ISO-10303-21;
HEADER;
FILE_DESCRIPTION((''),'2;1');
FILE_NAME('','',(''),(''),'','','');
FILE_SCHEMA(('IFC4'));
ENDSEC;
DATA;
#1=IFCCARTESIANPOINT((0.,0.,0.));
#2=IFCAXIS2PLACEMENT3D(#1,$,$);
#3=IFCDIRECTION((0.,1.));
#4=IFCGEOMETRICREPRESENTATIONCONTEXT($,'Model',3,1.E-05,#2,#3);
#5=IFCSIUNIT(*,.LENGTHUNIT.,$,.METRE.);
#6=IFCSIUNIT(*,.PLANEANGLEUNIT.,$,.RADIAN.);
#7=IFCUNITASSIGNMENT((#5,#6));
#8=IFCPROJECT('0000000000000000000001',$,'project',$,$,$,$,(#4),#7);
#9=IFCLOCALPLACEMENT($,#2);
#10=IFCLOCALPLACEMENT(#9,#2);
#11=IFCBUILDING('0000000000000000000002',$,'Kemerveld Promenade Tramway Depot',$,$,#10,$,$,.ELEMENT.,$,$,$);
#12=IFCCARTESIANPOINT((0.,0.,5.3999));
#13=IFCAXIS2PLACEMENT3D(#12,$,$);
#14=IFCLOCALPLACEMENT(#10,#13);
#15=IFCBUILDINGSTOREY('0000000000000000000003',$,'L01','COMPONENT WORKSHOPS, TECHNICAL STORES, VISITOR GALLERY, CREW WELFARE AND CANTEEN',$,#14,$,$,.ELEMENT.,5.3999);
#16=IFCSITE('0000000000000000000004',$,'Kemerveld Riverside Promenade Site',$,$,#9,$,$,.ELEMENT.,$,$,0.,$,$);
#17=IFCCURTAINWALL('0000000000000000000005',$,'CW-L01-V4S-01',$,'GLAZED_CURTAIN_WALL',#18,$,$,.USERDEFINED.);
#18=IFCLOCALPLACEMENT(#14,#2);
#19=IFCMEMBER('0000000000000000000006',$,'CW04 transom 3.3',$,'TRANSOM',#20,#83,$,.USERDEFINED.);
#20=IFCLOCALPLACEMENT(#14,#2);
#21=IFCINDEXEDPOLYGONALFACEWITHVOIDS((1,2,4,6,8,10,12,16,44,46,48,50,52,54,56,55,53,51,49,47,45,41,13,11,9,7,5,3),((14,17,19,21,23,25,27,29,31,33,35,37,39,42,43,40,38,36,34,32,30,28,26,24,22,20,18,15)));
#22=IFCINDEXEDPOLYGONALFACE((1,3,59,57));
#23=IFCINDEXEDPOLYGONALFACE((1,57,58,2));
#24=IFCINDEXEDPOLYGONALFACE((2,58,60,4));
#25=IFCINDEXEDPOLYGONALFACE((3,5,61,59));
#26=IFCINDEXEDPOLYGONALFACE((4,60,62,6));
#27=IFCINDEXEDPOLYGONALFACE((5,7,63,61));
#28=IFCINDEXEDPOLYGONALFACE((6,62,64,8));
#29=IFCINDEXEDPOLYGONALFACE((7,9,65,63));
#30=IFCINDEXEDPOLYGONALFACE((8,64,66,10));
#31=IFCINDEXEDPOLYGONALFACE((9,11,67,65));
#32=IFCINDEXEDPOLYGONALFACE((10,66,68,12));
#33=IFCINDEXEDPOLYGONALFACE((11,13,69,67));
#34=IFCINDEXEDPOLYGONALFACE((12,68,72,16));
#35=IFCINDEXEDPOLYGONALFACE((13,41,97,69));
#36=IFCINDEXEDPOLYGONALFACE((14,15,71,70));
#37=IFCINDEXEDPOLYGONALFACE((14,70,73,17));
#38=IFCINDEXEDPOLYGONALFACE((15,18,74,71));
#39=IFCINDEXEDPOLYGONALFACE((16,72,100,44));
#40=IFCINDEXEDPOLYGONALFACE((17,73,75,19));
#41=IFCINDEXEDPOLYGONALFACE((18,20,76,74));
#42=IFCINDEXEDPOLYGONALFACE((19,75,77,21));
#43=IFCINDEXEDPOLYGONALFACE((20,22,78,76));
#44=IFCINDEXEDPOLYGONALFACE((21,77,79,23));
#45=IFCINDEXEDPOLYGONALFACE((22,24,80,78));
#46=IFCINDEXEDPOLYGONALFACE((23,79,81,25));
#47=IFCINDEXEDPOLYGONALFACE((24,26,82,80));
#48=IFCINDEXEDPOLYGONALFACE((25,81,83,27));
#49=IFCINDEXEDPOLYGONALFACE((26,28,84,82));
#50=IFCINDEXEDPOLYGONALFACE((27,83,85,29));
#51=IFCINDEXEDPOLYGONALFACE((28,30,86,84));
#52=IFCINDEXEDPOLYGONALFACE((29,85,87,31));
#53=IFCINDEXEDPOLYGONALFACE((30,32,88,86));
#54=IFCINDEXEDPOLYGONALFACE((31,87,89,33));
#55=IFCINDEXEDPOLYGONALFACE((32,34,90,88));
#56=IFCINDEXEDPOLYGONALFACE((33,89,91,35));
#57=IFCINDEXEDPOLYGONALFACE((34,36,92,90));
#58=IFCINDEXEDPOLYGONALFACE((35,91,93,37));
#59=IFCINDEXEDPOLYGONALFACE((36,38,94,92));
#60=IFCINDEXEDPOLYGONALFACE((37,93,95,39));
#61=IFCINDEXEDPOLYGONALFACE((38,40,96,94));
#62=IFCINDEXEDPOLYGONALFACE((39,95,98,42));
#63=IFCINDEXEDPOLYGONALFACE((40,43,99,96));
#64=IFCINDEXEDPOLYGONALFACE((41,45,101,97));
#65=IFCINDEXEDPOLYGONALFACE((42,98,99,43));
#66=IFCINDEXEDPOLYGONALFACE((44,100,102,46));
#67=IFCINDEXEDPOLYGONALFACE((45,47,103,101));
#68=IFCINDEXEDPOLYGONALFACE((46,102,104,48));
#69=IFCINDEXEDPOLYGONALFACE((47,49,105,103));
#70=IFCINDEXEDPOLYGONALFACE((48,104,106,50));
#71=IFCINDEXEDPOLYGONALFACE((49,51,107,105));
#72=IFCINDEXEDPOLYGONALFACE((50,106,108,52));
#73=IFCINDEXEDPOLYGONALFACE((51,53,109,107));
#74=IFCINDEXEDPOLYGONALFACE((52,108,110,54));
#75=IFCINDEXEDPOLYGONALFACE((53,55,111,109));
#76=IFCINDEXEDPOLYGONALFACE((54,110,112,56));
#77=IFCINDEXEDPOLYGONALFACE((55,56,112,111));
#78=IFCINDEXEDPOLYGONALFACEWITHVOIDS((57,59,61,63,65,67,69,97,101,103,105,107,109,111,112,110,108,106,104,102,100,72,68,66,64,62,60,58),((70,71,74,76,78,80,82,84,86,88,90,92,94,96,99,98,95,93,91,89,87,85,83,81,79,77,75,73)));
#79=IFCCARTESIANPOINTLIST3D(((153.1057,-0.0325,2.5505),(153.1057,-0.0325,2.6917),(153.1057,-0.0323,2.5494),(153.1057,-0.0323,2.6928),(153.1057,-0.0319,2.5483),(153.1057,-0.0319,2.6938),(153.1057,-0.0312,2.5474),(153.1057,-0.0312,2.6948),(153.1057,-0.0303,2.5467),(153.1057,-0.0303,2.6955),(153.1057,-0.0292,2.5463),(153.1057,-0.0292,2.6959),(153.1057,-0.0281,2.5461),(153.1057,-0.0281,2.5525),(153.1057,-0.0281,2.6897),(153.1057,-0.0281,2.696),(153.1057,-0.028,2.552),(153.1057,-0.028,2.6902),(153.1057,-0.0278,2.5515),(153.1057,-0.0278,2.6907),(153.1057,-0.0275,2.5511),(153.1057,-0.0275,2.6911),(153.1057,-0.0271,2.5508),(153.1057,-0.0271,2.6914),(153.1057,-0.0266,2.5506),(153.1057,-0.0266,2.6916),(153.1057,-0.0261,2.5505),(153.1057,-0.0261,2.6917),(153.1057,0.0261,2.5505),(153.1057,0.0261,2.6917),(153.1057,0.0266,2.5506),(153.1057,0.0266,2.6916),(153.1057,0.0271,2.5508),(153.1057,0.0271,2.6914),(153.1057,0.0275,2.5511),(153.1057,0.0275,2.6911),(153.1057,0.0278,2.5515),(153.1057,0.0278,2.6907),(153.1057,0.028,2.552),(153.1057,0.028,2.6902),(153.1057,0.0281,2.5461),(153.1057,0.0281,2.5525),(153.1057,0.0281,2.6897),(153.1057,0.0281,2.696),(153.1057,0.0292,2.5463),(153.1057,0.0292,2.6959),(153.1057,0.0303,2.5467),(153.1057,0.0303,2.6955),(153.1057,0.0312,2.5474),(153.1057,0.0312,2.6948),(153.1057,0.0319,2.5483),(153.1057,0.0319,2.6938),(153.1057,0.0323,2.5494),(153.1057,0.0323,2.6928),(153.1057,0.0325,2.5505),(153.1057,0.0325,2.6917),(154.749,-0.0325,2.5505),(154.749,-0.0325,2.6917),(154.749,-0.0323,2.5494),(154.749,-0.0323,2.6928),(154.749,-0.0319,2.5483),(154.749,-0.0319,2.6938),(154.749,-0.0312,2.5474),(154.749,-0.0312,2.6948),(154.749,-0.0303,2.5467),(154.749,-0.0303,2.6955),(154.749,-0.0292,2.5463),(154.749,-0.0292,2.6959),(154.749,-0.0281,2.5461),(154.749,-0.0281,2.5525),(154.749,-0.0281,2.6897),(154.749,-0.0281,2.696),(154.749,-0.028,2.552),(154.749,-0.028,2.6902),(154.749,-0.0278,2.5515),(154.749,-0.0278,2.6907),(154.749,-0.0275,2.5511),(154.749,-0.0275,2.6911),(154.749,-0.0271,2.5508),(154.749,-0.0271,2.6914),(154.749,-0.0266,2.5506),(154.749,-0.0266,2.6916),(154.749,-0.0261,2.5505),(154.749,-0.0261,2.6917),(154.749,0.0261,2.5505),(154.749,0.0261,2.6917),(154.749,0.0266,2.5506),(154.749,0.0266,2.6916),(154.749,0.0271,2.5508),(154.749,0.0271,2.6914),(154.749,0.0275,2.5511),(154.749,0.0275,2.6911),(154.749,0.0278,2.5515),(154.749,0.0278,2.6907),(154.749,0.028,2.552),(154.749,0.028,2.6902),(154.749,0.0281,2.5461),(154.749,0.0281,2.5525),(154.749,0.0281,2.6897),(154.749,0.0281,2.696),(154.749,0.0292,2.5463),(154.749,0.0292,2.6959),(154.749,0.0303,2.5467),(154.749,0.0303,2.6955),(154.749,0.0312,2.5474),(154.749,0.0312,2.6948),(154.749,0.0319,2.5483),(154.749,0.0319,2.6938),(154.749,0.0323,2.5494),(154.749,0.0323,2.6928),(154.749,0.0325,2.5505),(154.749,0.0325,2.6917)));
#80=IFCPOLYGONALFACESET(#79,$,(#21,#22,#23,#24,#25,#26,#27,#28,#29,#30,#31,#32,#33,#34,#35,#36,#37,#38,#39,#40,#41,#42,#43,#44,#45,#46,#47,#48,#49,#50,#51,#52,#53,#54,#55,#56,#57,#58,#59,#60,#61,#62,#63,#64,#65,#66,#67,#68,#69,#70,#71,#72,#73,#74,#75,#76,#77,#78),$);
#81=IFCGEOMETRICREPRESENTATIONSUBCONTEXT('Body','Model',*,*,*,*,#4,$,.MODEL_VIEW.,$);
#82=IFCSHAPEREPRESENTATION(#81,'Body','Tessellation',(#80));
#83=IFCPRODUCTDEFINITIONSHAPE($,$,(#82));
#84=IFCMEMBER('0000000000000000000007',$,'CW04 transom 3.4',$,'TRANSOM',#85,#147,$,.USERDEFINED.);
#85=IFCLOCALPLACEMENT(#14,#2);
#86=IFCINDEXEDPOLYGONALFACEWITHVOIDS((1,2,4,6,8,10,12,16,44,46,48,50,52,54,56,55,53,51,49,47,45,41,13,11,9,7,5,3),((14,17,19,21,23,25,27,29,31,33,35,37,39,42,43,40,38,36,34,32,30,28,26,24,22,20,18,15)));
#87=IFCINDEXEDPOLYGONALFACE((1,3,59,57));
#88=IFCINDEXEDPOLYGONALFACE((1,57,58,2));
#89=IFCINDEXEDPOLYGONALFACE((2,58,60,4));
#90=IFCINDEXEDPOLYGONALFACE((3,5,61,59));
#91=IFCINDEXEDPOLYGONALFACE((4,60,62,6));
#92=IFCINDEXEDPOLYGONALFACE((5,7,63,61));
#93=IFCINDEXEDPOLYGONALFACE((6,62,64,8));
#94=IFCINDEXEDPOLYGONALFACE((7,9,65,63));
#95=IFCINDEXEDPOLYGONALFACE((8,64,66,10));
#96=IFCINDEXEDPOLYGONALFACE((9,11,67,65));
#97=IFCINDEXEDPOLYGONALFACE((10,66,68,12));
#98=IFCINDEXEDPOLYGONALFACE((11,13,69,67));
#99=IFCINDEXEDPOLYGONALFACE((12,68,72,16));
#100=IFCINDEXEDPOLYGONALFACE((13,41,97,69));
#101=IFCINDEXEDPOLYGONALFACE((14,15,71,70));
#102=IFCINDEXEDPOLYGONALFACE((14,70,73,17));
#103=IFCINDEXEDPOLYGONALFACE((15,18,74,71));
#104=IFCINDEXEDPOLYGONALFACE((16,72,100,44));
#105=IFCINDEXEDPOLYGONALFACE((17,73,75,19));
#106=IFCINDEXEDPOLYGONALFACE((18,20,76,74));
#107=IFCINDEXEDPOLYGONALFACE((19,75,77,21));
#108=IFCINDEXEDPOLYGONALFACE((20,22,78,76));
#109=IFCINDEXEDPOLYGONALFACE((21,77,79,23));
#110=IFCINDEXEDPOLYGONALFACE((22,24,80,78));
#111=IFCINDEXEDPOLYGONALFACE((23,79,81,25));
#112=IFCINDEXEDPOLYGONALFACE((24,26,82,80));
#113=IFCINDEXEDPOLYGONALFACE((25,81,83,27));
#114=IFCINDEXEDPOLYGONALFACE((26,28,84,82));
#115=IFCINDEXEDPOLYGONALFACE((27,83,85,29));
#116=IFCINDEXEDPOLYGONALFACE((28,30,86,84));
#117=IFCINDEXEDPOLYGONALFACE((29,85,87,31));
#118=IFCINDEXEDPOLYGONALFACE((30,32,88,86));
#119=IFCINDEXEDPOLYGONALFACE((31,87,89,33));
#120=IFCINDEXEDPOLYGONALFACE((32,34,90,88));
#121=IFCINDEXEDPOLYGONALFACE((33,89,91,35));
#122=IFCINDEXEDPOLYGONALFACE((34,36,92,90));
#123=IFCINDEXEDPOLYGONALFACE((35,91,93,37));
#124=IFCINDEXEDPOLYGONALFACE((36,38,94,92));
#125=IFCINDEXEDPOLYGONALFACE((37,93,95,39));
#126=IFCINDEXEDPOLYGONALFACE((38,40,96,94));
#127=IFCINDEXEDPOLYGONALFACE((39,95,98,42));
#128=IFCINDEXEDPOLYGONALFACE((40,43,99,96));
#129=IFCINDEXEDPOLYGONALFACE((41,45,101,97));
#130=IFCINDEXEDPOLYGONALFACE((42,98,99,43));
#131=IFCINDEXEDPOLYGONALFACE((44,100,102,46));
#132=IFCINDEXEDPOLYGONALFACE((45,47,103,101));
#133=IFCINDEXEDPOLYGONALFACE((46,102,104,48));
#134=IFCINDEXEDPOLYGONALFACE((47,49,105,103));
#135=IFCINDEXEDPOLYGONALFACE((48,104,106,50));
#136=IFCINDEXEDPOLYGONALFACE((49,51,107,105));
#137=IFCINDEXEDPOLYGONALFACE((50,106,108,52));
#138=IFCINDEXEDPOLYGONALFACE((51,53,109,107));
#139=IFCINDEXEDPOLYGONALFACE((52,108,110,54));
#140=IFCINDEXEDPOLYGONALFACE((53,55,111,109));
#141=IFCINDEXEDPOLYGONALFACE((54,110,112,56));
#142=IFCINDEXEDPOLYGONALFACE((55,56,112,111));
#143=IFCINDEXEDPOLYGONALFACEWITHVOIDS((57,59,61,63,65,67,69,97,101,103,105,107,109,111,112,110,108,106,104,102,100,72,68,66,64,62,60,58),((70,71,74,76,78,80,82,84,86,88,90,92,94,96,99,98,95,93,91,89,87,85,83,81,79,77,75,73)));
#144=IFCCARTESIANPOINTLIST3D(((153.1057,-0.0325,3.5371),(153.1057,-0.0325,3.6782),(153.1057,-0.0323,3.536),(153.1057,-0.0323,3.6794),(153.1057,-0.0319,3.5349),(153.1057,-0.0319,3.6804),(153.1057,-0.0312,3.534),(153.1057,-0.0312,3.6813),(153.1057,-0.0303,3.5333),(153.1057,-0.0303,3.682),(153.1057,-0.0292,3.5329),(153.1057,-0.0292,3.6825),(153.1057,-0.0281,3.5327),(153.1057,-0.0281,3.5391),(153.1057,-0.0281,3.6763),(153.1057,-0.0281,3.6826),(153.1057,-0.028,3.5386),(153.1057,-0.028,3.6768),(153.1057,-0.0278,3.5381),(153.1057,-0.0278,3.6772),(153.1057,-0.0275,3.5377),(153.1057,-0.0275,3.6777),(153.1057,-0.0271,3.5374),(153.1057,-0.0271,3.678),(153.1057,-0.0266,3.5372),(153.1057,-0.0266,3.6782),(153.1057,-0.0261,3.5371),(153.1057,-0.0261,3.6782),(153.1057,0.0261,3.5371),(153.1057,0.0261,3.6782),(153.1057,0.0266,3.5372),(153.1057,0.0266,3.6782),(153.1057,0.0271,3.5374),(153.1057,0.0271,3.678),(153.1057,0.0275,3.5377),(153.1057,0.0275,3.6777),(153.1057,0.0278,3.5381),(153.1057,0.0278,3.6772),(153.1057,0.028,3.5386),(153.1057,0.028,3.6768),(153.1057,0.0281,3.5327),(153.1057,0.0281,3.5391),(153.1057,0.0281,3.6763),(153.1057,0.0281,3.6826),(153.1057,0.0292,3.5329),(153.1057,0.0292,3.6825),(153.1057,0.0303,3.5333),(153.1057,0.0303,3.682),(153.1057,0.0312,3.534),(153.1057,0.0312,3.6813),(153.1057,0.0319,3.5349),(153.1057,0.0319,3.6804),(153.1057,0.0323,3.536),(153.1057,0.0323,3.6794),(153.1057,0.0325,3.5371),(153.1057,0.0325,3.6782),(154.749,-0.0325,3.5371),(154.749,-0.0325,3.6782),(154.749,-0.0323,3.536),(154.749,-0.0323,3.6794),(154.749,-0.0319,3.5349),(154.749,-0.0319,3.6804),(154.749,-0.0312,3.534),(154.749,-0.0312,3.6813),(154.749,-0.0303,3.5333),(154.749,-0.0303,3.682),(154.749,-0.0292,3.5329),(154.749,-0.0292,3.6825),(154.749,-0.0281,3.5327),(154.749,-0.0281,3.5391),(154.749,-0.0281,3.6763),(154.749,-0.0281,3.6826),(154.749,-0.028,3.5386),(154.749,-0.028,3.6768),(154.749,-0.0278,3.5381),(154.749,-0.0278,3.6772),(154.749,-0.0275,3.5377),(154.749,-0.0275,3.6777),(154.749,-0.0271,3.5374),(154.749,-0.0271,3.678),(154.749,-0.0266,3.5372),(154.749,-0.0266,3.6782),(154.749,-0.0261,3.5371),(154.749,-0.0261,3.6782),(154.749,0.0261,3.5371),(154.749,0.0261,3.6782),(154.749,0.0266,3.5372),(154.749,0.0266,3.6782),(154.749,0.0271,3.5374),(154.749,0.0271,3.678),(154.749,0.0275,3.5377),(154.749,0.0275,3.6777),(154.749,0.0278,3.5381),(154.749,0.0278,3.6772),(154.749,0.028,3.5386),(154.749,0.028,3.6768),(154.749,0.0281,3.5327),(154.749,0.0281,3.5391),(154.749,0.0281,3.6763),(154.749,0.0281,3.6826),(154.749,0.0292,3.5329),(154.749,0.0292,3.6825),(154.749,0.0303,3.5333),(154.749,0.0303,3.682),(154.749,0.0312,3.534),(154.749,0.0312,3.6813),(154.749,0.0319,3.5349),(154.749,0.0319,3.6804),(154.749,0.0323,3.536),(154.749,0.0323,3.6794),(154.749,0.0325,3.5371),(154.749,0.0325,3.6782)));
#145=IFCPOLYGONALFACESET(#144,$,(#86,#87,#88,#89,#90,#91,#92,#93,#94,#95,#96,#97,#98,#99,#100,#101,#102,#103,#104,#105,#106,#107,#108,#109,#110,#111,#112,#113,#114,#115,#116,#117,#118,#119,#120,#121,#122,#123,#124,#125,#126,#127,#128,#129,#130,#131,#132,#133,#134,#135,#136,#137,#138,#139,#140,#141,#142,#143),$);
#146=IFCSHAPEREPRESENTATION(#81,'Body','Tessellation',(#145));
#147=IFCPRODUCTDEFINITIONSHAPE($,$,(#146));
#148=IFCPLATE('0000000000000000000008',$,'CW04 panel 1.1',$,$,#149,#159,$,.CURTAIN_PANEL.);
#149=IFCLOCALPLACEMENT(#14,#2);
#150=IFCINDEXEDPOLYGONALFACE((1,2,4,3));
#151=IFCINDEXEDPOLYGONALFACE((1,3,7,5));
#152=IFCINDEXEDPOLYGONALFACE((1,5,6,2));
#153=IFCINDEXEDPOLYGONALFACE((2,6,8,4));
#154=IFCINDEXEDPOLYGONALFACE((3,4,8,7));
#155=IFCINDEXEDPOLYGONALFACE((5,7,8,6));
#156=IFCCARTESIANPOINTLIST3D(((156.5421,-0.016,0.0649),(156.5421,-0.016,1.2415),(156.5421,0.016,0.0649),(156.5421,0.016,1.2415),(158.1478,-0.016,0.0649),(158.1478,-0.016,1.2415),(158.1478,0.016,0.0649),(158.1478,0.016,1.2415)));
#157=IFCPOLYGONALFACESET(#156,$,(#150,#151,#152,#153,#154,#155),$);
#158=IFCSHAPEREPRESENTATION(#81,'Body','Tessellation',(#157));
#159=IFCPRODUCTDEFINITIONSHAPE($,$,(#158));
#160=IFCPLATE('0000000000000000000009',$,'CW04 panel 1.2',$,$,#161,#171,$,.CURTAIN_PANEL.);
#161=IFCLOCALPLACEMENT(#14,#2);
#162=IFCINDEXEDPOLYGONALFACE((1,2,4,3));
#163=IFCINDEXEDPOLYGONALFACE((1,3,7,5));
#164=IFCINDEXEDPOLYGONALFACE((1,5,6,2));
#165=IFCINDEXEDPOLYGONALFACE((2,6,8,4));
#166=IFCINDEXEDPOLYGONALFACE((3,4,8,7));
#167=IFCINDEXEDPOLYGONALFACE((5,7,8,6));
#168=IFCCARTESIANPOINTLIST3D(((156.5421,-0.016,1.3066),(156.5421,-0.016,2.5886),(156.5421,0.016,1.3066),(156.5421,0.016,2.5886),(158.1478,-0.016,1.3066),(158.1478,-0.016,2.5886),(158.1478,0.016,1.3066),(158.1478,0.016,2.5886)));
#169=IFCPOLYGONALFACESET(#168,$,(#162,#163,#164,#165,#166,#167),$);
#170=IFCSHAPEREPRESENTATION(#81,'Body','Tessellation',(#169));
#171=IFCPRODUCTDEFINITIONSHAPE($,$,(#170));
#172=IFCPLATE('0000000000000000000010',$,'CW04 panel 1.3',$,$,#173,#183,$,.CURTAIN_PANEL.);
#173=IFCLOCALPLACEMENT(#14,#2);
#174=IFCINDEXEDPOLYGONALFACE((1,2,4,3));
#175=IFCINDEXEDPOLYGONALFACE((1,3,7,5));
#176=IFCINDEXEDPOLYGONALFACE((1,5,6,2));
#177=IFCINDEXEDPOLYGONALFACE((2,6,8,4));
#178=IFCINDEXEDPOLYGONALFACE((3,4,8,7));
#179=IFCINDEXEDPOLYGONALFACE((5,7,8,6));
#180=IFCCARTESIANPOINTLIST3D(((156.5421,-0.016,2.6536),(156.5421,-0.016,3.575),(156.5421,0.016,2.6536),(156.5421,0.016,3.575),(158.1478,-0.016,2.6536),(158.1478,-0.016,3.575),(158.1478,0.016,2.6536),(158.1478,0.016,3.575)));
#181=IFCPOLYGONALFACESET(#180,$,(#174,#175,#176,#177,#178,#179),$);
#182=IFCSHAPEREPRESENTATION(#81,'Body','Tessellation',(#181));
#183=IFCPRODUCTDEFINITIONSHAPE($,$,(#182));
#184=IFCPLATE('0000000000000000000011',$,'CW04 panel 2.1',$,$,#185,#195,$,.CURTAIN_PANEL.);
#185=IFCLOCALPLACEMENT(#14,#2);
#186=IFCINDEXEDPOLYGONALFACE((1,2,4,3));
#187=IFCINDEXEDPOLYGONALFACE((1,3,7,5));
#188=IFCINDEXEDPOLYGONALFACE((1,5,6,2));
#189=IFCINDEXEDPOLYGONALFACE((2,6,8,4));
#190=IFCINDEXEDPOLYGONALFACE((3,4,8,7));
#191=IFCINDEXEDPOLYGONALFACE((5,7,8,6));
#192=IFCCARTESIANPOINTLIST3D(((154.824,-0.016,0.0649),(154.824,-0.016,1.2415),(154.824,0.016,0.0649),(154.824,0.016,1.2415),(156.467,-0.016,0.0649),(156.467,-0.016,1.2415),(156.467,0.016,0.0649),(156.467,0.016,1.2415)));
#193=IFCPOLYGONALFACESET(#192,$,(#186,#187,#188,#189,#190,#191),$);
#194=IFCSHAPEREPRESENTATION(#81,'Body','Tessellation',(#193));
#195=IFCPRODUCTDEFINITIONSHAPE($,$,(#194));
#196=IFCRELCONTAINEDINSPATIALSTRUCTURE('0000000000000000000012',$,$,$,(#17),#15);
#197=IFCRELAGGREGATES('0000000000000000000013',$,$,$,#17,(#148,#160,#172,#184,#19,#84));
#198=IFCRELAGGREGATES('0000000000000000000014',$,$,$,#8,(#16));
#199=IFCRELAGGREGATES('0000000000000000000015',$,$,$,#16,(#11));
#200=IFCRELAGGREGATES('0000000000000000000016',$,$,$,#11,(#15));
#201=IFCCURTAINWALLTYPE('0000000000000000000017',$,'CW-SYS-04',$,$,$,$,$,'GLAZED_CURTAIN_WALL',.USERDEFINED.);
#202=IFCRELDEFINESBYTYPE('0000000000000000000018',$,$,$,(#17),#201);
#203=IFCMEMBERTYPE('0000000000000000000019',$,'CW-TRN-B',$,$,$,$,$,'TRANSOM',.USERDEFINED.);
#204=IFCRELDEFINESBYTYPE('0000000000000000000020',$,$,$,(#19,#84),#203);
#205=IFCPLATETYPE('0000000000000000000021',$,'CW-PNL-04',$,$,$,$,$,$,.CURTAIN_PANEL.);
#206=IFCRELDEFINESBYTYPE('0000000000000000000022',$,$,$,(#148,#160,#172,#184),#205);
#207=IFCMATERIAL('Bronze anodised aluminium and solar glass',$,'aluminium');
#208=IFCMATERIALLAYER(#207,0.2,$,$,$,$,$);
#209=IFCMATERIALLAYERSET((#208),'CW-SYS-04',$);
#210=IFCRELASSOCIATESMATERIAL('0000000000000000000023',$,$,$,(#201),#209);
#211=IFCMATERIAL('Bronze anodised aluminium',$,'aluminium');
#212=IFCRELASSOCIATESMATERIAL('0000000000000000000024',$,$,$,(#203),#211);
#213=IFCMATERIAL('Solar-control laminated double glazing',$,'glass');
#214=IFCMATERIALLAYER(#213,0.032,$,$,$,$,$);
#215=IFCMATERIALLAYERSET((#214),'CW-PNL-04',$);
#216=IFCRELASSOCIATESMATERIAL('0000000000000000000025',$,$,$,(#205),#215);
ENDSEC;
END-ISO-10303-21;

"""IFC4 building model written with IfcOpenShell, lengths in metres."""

from ifc_helpers import new_model, si_unit, direction, frame, origin, origin_2d, place, context, subcontext, project, spatial, rectangle, hollow_rectangle, extrude, material, layer, layer_set, material_profile, profile_set, type_object, element, aggregate, save


model = new_model("IFC4")

# Units and contexts
model_context = context("Model", 3, precision=1e-05, world=origin(), true_north=direction((0.0, 1.0)))
body_context = subcontext(model_context, "Body", "Model", "MODEL_VIEW")
ifc_project = project(units=[si_unit("LENGTHUNIT", "METRE"), si_unit("PLANEANGLEUNIT", "RADIAN")], contexts=[model_context])

# Site, building, storey
site_placement = place(None, origin())
site = spatial("IfcSite", under=ifc_project, at=site_placement, Name="Kemerveld Riverside Promenade Site", CompositionType="ELEMENT", RefElevation=0.0)
building_placement = place(site_placement, origin())
building = spatial("IfcBuilding", under=site, at=building_placement, Name="Kemerveld Promenade Tramway Depot", CompositionType="ELEMENT")
storey_placement = place(building_placement, frame((0.0, 0.0, 5.3999)))
storey = spatial("IfcBuildingStorey", under=building, at=storey_placement, Name="L01", Description="COMPONENT WORKSHOPS, TECHNICAL STORES, VISITOR GALLERY, CREW WELFARE AND CANTEEN", CompositionType="ELEMENT", Elevation=5.3999)

# Curtain wall, members, plates
ifc_material_1 = material(Name="Bronze anodised aluminium and solar glass", Category="aluminium")
ifc_layer_1 = layer(ifc_material_1, 0.2)
ifc_layer_set_1 = layer_set([ifc_layer_1], Name="CW-SYS-04")
curtain_wall_type = type_object("IfcCurtainWallType", Name="CW-SYS-04", ElementType="GLAZED_CURTAIN_WALL", PredefinedType="USERDEFINED", material=ifc_layer_set_1)
curtain_wall_placement = place(storey_placement, origin())
curtain_wall = element("IfcCurtainWall", 1, at=curtain_wall_placement, inside=storey, type_object=curtain_wall_type, Name="CW-L01-V4S-01", ObjectType="GLAZED_CURTAIN_WALL", PredefinedType="USERDEFINED")
ifc_material_2 = material(Name="Bronze anodised aluminium", Category="aluminium")
ifc_material_profile_1 = material_profile(ifc_material_2, hollow_rectangle(XDim=0.0649, YDim=0.1499, WallThickness=0.0044, InnerFilletRadius=0.002, OuterFilletRadius=0.0044, at=origin_2d()), Name="CW-TRN-150x65")
ifc_profile_set_1 = profile_set([ifc_material_profile_1], Name="Bronze anodised aluminium")
member_type_1 = type_object("IfcMemberType", Name="CW-TRN-B", ElementType="TRANSOM", PredefinedType="USERDEFINED", material=ifc_profile_set_1)
member_1_placement = place(storey_placement, frame((154.749, 0.0, 2.6211), z_axis=(-1.0, 0.0, 0.0), x_axis=(0.0, -1.0, 0.0)))
member_1 = element("IfcMember", 2, at=member_1_placement, type_object=member_type_1, Name="CW04 transom 3.3", ObjectType="TRANSOM", PredefinedType="USERDEFINED", context=body_context, shape_type="SweptSolid", body=[
    extrude(hollow_rectangle(XDim=0.0649, YDim=0.1499, WallThickness=0.0044, InnerFilletRadius=0.002, OuterFilletRadius=0.0044, at=origin_2d()), origin(), (0.0, 0.0, 1.0), 1.6433),
])
member_2_placement = place(storey_placement, frame((154.749, 0.0, 3.6077), z_axis=(-1.0, 0.0, 0.0), x_axis=(0.0, -1.0, 0.0)))
member_2 = element("IfcMember", 3, at=member_2_placement, type_object=member_type_1, Name="CW04 transom 3.4", ObjectType="TRANSOM", PredefinedType="USERDEFINED", context=body_context, shape_type="SweptSolid", body=[
    extrude(hollow_rectangle(XDim=0.0649, YDim=0.1499, WallThickness=0.0044, InnerFilletRadius=0.002, OuterFilletRadius=0.0044, at=origin_2d()), origin(), (0.0, 0.0, 1.0), 1.6433),
])
ifc_material_3 = material(Name="Solar-control laminated double glazing", Category="glass")
ifc_layer_2 = layer(ifc_material_3, 0.032)
ifc_layer_set_2 = layer_set([ifc_layer_2], Name="CW-PNL-04")
plate_type = type_object("IfcPlateType", Name="CW-PNL-04", PredefinedType="CURTAIN_PANEL", material=ifc_layer_set_2)
plate_1_placement = place(storey_placement, frame((157.345, 0.0, 0.0649), z_axis=(0.0, 0.0, 1.0), x_axis=(-1.0, 0.0, 0.0)))
plate_1 = element("IfcPlate", 4, at=plate_1_placement, type_object=plate_type, Name="CW04 panel 1.1", PredefinedType="CURTAIN_PANEL", context=body_context, shape_type="SweptSolid", body=[
    extrude(rectangle(XDim=1.6057, YDim=0.032, at=origin_2d()), origin(), (0.0, 0.0, 1.0), 1.1765),
])
plate_2_placement = place(storey_placement, frame((157.345, 0.0, 1.3066), z_axis=(0.0, 0.0, 1.0), x_axis=(-1.0, 0.0, 0.0)))
plate_2 = element("IfcPlate", 5, at=plate_2_placement, type_object=plate_type, Name="CW04 panel 1.2", PredefinedType="CURTAIN_PANEL", context=body_context, shape_type="SweptSolid", body=[
    extrude(rectangle(XDim=1.6057, YDim=0.032, at=origin_2d()), origin(), (0.0, 0.0, 1.0), 1.282),
])
plate_3_placement = place(storey_placement, frame((157.345, 0.0, 2.6536), z_axis=(0.0, 0.0, 1.0), x_axis=(-1.0, 0.0, 0.0)))
plate_3 = element("IfcPlate", 6, at=plate_3_placement, type_object=plate_type, Name="CW04 panel 1.3", PredefinedType="CURTAIN_PANEL", context=body_context, shape_type="SweptSolid", body=[
    extrude(rectangle(XDim=1.6057, YDim=0.032, at=origin_2d()), origin(), (0.0, 0.0, 1.0), 0.9214),
])
plate_4_placement = place(storey_placement, frame((155.6455, 0.0, 0.0649), z_axis=(0.0, 0.0, 1.0), x_axis=(-1.0, 0.0, 0.0)))
plate_4 = element("IfcPlate", 7, at=plate_4_placement, type_object=plate_type, Name="CW04 panel 2.1", PredefinedType="CURTAIN_PANEL", context=body_context, shape_type="SweptSolid", body=[
    extrude(rectangle(XDim=1.6431, YDim=0.032, at=origin_2d()), origin(), (0.0, 0.0, 1.0), 1.1765),
])
aggregate(curtain_wall, [plate_1, plate_2, plate_3, plate_4, member_1, member_2])

save(model, "model.ifc")
